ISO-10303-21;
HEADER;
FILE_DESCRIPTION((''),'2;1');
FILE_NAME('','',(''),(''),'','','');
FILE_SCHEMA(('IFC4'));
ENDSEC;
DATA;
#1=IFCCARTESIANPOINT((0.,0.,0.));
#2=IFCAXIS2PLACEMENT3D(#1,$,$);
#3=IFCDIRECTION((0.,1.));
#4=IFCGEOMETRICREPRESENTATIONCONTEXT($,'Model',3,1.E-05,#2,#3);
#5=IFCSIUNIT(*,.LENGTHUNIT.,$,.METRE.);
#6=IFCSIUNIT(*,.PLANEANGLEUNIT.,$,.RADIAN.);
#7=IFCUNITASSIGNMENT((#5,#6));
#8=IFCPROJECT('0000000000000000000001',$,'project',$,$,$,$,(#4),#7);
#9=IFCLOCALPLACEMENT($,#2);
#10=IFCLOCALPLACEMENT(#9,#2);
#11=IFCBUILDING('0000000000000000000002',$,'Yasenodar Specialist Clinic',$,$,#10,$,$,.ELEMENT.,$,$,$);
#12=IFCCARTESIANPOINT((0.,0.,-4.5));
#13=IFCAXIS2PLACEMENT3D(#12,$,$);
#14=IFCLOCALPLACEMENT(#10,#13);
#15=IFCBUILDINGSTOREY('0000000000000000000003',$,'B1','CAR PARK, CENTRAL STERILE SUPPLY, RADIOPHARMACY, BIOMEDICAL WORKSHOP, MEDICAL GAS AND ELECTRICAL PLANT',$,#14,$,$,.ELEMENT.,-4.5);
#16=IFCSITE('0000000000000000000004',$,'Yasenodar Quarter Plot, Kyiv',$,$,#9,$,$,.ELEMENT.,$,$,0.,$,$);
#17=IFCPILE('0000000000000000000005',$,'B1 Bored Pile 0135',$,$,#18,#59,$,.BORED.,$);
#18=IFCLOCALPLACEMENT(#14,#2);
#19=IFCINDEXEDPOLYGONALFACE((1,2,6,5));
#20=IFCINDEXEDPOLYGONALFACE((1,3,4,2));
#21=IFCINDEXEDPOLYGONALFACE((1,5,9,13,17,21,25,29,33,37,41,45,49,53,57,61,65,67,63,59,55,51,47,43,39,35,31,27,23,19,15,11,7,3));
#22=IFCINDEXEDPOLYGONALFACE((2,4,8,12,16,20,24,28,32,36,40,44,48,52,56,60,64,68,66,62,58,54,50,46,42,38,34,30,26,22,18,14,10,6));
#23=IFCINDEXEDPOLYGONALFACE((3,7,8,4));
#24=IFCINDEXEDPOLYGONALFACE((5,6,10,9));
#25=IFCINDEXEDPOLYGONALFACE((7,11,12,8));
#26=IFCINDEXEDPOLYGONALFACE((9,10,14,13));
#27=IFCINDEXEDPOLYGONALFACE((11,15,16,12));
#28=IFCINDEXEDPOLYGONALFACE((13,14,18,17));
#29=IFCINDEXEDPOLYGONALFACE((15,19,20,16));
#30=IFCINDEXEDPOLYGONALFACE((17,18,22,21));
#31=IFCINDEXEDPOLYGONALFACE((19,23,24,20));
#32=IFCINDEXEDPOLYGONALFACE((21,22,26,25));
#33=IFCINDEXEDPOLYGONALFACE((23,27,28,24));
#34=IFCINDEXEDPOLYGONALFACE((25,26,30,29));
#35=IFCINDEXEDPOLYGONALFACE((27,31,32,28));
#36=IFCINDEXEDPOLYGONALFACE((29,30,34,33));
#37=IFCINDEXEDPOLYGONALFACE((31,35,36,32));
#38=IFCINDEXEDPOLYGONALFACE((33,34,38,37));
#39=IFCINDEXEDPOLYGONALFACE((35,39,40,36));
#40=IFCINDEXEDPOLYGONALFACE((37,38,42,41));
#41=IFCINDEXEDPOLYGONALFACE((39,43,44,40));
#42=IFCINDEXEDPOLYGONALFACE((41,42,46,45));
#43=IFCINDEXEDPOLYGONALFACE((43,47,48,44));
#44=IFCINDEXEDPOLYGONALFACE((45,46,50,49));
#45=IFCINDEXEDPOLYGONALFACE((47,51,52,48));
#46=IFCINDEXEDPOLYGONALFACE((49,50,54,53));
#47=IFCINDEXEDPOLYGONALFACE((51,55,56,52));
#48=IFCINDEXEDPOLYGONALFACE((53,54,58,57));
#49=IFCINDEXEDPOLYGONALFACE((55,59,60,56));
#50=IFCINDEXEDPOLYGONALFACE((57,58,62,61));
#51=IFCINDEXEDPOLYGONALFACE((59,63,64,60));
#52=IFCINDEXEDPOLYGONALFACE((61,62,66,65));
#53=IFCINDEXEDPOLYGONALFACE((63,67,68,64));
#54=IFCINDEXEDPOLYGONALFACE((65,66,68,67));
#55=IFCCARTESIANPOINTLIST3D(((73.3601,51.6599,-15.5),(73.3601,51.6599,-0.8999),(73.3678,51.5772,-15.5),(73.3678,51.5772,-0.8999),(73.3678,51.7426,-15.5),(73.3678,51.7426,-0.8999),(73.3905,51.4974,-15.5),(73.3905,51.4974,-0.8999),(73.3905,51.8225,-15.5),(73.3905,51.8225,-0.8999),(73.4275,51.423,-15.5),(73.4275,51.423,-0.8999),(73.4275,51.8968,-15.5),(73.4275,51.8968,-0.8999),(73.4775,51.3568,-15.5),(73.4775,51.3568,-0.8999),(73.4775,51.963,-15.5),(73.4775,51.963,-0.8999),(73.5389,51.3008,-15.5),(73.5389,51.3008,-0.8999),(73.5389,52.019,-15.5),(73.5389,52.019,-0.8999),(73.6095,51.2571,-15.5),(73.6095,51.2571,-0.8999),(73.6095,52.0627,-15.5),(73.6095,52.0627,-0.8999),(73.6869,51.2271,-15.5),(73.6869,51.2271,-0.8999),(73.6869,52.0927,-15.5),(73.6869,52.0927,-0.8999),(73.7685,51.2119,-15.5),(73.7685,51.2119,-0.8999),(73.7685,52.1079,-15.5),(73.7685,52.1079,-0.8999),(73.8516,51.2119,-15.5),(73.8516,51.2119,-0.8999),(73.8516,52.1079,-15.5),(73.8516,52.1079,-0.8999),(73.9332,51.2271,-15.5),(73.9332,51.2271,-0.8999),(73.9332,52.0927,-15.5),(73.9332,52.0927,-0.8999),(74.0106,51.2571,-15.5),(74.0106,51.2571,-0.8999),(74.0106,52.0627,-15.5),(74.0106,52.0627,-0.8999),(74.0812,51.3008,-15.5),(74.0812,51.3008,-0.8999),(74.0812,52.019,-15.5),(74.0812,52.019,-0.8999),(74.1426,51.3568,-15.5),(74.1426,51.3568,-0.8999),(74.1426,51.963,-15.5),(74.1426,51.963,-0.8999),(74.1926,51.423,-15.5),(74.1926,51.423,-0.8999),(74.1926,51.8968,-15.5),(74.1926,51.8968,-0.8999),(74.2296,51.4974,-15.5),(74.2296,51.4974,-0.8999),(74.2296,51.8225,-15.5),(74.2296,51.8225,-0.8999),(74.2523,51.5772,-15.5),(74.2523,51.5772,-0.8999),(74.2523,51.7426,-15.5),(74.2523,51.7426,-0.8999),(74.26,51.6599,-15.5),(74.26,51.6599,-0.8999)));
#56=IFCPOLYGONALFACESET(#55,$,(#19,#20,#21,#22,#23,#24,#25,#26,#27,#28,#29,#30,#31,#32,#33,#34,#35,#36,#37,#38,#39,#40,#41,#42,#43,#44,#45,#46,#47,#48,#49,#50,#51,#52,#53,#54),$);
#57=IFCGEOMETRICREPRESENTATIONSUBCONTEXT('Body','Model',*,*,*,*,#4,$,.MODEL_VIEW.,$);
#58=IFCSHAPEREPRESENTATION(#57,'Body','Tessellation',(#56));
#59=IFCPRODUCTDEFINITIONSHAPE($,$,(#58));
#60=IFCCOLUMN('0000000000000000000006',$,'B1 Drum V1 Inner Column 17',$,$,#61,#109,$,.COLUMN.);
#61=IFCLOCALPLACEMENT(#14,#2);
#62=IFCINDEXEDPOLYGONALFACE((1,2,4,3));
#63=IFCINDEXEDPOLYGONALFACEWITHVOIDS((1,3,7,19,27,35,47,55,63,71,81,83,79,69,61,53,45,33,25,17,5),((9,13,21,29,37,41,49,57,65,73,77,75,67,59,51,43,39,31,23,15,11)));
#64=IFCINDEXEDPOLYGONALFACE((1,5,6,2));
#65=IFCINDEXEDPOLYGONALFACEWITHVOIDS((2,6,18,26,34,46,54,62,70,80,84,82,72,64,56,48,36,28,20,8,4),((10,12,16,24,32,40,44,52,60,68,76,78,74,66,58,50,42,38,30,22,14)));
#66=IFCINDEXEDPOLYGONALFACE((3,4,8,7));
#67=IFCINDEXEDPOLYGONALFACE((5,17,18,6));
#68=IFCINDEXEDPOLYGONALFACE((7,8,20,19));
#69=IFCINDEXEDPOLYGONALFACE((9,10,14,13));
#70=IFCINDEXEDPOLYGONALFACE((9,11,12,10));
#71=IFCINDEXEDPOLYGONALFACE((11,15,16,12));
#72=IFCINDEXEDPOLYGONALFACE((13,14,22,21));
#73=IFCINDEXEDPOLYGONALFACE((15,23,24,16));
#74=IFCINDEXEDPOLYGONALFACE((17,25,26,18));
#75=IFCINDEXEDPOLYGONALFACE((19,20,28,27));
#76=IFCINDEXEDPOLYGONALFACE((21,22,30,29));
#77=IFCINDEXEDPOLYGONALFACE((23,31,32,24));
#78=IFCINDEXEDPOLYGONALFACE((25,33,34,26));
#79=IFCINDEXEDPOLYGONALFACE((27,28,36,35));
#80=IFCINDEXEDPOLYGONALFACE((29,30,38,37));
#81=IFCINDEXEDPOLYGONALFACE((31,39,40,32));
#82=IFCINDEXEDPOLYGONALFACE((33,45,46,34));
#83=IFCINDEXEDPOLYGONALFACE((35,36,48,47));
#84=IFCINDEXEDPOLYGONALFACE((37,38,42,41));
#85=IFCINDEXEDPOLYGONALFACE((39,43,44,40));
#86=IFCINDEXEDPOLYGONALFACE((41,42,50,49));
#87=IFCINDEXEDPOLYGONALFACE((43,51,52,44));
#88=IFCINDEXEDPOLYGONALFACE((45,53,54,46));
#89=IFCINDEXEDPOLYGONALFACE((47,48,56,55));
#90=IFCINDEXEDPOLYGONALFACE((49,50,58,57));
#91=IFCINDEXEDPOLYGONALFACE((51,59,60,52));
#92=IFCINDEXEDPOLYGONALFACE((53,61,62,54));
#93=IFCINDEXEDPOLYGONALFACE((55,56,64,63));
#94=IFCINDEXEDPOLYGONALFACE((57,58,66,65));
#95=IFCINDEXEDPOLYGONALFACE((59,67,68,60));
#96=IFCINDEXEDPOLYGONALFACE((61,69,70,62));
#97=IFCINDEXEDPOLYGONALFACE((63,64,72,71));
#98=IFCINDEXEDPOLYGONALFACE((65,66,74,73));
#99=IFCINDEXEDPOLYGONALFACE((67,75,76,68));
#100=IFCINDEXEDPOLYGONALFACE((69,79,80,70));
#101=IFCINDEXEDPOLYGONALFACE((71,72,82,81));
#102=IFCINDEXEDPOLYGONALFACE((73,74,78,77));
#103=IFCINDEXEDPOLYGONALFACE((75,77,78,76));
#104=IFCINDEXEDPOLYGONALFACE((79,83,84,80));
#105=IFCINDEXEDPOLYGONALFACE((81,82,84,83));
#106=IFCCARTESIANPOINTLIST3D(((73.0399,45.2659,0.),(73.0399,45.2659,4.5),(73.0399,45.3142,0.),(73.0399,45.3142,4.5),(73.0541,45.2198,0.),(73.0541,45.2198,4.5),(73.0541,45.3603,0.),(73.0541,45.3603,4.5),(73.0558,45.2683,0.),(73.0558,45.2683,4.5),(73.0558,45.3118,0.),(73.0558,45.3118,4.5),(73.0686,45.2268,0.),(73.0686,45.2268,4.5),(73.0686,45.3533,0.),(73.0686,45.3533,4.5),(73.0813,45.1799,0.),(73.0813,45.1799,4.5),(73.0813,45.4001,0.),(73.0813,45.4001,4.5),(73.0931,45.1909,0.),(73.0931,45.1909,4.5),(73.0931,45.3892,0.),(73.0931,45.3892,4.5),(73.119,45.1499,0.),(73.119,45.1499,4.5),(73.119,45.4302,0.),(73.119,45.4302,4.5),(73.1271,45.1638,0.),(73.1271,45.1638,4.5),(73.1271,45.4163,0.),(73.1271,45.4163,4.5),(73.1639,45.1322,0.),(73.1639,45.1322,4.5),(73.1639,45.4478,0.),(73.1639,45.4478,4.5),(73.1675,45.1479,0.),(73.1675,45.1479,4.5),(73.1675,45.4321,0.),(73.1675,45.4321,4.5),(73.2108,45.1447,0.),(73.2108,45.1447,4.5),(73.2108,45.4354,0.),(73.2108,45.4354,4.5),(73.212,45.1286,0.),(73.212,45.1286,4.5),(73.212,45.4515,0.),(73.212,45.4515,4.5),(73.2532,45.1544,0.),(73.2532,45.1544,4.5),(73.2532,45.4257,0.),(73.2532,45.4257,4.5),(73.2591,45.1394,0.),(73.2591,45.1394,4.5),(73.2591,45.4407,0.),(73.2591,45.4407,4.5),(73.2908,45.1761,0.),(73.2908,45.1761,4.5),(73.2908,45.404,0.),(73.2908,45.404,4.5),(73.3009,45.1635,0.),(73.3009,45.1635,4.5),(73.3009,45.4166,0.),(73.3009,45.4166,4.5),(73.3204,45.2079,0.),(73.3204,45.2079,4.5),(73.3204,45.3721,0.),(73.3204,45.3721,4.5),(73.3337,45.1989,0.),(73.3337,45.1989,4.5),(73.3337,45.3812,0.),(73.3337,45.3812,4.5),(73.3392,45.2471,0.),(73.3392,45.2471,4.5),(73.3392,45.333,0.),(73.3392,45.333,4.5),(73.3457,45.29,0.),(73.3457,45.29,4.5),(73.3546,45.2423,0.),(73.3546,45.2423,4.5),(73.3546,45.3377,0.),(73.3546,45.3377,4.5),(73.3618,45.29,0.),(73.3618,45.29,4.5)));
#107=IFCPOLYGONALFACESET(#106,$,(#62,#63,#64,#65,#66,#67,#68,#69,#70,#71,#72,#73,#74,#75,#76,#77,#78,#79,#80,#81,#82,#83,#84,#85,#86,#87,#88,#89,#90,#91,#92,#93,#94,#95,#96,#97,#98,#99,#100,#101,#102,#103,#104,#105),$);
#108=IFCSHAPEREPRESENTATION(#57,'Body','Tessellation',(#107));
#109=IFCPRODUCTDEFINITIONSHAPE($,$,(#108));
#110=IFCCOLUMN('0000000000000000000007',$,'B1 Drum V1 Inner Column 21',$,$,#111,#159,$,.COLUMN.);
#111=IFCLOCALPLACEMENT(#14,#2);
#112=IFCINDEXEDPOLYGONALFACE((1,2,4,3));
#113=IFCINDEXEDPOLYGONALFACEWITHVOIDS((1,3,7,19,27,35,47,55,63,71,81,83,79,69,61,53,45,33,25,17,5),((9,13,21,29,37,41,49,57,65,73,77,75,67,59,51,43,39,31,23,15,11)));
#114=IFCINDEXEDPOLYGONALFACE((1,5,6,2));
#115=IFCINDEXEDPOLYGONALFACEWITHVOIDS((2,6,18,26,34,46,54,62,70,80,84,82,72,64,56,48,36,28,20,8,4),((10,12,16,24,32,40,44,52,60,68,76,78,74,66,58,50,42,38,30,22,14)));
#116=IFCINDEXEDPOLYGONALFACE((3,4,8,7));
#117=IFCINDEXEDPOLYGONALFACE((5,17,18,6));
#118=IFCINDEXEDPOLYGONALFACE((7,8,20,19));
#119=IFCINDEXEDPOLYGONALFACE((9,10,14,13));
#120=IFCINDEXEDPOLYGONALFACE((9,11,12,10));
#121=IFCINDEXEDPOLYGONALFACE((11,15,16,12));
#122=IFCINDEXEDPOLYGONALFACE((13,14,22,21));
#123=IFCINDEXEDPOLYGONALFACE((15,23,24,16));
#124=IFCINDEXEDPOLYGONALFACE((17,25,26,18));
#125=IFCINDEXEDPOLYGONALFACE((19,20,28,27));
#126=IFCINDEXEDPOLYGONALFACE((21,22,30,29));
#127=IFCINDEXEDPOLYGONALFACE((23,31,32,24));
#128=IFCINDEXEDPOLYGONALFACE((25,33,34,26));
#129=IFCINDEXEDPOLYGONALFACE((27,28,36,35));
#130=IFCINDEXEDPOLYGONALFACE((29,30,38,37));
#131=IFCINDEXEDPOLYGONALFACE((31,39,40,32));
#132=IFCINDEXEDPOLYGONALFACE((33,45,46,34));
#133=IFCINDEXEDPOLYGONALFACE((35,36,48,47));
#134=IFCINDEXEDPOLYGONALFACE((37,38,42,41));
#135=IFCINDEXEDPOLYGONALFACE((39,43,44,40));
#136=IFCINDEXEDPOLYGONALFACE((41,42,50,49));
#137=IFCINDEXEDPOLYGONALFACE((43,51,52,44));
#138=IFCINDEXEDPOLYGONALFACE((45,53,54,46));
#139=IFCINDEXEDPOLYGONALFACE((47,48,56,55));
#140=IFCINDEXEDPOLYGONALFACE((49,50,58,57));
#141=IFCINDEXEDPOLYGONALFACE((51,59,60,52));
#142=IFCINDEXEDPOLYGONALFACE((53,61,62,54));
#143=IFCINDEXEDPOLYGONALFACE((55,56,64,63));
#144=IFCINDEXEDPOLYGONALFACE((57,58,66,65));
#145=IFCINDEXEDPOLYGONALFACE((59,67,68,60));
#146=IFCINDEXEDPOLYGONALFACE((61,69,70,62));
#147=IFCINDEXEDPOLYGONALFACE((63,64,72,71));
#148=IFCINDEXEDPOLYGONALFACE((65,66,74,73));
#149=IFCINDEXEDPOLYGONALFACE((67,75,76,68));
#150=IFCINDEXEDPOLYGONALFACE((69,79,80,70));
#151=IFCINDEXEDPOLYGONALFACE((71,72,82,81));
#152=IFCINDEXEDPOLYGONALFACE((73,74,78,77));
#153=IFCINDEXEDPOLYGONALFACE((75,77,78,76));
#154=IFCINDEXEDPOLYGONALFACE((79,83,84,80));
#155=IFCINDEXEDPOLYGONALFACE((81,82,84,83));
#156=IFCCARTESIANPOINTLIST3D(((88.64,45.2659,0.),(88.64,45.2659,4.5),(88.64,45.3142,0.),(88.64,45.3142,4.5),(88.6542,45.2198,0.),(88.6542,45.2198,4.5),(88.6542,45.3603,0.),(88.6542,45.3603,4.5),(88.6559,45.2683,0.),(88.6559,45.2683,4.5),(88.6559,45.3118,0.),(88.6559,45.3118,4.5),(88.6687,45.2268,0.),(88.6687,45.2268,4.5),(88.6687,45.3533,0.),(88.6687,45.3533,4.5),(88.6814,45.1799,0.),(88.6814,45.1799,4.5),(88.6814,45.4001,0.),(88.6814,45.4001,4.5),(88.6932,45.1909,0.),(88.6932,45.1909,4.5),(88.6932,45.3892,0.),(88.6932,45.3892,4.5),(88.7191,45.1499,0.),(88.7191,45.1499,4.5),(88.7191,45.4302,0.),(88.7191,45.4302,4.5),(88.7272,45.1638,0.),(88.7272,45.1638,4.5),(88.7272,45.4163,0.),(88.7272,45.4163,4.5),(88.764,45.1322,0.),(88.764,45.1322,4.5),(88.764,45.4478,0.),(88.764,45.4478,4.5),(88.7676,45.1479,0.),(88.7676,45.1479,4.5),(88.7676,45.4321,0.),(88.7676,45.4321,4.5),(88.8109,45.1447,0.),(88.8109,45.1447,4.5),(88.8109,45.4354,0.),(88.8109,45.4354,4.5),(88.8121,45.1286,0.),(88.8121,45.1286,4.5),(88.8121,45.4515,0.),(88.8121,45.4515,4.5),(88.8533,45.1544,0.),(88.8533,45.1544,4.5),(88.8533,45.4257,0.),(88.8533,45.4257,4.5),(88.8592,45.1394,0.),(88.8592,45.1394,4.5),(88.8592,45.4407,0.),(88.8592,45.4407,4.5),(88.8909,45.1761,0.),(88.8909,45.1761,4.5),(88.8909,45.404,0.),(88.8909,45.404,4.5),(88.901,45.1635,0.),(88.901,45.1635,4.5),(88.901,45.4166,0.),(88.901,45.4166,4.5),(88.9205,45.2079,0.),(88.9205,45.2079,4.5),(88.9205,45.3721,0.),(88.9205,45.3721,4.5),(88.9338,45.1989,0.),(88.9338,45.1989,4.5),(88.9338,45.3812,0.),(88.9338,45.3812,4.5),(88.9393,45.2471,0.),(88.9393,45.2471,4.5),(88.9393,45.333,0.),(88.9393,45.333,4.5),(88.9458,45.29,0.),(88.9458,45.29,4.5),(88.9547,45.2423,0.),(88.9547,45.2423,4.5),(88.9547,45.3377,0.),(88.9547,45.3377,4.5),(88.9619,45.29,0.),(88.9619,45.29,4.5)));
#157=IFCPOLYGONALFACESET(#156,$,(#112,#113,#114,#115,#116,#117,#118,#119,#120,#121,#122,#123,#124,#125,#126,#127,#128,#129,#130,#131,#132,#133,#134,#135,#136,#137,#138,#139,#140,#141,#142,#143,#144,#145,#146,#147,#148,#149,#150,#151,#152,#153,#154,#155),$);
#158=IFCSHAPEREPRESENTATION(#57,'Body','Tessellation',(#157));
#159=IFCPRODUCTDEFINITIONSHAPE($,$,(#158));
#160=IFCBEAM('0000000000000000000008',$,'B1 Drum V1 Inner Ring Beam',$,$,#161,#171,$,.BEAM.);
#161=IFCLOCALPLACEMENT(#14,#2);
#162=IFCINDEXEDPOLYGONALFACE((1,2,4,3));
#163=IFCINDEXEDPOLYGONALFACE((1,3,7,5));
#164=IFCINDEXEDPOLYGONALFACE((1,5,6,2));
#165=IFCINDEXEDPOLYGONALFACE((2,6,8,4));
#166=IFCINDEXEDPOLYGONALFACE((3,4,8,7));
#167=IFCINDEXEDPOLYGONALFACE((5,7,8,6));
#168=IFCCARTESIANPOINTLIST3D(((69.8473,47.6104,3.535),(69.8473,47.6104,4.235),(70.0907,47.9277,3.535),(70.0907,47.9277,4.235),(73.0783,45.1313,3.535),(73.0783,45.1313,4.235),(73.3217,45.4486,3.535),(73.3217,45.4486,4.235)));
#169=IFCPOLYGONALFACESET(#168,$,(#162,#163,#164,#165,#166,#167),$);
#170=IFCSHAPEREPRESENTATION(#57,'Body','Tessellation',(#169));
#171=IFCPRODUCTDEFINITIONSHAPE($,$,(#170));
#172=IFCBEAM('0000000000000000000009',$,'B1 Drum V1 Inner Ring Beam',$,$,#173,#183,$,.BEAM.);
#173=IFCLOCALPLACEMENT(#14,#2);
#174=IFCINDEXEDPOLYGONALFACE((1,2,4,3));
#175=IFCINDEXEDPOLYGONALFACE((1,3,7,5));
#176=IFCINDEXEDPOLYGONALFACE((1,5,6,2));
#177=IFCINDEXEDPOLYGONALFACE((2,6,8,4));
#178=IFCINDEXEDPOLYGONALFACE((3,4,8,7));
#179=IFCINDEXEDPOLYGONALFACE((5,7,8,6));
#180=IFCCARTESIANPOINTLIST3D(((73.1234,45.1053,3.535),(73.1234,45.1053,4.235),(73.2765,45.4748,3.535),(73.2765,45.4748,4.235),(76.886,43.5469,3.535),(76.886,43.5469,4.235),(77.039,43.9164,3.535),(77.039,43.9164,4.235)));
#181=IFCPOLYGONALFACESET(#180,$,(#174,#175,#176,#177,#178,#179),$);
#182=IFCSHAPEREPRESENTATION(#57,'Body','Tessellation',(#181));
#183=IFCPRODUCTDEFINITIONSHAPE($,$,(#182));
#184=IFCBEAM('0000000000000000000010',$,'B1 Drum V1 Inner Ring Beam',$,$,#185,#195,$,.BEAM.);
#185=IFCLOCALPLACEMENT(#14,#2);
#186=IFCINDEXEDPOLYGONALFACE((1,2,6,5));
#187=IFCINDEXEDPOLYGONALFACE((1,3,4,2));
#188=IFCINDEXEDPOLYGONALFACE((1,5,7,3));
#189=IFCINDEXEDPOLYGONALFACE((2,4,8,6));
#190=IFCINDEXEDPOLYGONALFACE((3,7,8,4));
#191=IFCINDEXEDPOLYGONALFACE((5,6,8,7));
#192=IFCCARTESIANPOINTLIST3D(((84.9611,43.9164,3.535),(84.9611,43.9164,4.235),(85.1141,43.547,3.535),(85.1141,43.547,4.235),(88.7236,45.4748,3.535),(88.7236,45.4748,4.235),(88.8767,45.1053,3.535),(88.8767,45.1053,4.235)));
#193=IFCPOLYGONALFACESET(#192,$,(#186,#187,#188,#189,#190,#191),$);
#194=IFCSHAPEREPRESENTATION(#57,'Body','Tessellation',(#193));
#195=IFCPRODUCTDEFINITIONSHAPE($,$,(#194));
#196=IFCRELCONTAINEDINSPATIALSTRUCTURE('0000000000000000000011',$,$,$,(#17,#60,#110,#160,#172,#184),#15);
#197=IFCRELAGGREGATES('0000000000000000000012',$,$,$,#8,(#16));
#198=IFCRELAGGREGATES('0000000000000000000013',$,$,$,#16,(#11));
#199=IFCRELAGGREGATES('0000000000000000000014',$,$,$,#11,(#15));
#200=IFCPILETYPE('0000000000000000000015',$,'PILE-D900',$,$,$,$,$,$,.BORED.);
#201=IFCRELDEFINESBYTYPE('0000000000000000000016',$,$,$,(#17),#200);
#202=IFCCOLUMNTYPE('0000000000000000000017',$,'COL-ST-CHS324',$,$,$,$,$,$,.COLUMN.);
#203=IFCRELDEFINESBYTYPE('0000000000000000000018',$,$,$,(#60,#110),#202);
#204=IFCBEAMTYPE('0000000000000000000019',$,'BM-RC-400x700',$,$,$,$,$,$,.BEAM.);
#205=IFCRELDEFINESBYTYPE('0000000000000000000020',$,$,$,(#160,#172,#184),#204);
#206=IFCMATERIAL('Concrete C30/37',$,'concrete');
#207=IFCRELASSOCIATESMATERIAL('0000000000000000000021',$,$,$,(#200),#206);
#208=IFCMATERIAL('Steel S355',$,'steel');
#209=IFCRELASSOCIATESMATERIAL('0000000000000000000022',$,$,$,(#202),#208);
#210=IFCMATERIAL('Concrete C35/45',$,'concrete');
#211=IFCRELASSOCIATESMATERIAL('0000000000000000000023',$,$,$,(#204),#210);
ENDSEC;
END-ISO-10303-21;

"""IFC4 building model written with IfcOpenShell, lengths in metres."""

from ifc_helpers import new_model, si_unit, direction, frame, origin, origin_2d, place, context, subcontext, project, spatial, rectangle, circle, hollow_circle, extrude, material, material_profile, profile_set, type_object, element, save


model = new_model("IFC4")

# Units and contexts
model_context = context("Model", 3, precision=1e-05, world=origin(), true_north=direction((0.0, 1.0)))
body_context = subcontext(model_context, "Body", "Model", "MODEL_VIEW")
ifc_project = project(units=[si_unit("LENGTHUNIT", "METRE"), si_unit("PLANEANGLEUNIT", "RADIAN")], contexts=[model_context])

# Site, building, storey
site_placement = place(None, origin())
site = spatial("IfcSite", under=ifc_project, at=site_placement, Name="Yasenodar Quarter Plot, Kyiv", CompositionType="ELEMENT", RefElevation=0.0)
building_placement = place(site_placement, origin())
building = spatial("IfcBuilding", under=site, at=building_placement, Name="Yasenodar Specialist Clinic", CompositionType="ELEMENT")
storey_placement = place(building_placement, frame((0.0, 0.0, -4.5)))
storey = spatial("IfcBuildingStorey", under=building, at=storey_placement, Name="B1", Description="CAR PARK, CENTRAL STERILE SUPPLY, RADIOPHARMACY, BIOMEDICAL WORKSHOP, MEDICAL GAS AND ELECTRICAL PLANT", CompositionType="ELEMENT", Elevation=-4.5)

# Shared definitions
ifc_material_1 = material(Name="Concrete C35/45", Category="concrete")

# Pile
ifc_material_2 = material(Name="Concrete C30/37", Category="concrete")
ifc_material_profile_1 = material_profile(ifc_material_2, circle(Radius=0.45, at=origin_2d()), Name="PILE D900")
ifc_profile_set_1 = profile_set([ifc_material_profile_1], Name="Concrete C30/37")
pile_type_1 = type_object("IfcPileType", Name="PILE-D900", PredefinedType="BORED", material=ifc_profile_set_1)
for number, where, z_axis, x_axis, name in (
    (1, (73.8101, 51.6599, -0.8999), (0.0, 0.0, -1.0), (1.0, 0.0, 0.0), "B1 Bored Pile 0135"),
):
    element("IfcPile", number, at=place(storey_placement, frame(where, z_axis=z_axis, x_axis=x_axis)), inside=storey, type_object=pile_type_1, Name=name, PredefinedType="BORED", context=body_context, shape_type="SweptSolid", body=[
        extrude(circle(Radius=0.45, at=origin_2d()), origin(), (0.0, 0.0, 1.0), 14.6001),
    ])

# Columns
ifc_material_3 = material(Name="Steel S355", Category="steel")
ifc_material_profile_2 = material_profile(ifc_material_3, hollow_circle(Radius=0.1619, WallThickness=0.0161, at=origin_2d()), Name="CHS 323.9x16")
ifc_profile_set_2 = profile_set([ifc_material_profile_2], Name="Steel S355")
column_type = type_object("IfcColumnType", Name="COL-ST-CHS324", PredefinedType="COLUMN", material=ifc_profile_set_2)
for number, where, z_axis, x_axis, name in (
    (2, (73.2, 45.29, 0.0), (0.0, 0.0, 1.0), (1.0, 0.0, 0.0), "B1 Drum V1 Inner Column 17"),
    (3, (88.8, 45.29, 0.0), (0.0, 0.0, 1.0), (1.0, 0.0, 0.0), "B1 Drum V1 Inner Column 21"),
):
    element("IfcColumn", number, at=place(storey_placement, frame(where, z_axis=z_axis, x_axis=x_axis)), inside=storey, type_object=column_type, Name=name, PredefinedType="COLUMN", context=body_context, shape_type="SweptSolid", body=[
        extrude(hollow_circle(Radius=0.1619, WallThickness=0.0161, at=origin_2d()), origin(), (0.0, 0.0, 1.0), 4.5),
    ])

# Beams
ifc_material_profile_3 = material_profile(ifc_material_1, rectangle(XDim=0.3999, YDim=0.7, at=origin_2d()), Name="RC 400x700")
ifc_profile_set_3 = profile_set([ifc_material_profile_3], Name="Concrete C35/45")
beam_type = type_object("IfcBeamType", Name="BM-RC-400x700", PredefinedType="BEAM", material=ifc_profile_set_3)
for number, where, z_axis, x_axis, name in (
    (4, (69.969, 47.769, 3.885), (0.793377, -0.608731, 0.0), (0.608731, 0.793377, 0.0), "B1 Drum V1 Inner Ring Beam"),
    (5, (73.2, 45.29, 3.885), (0.923889, -0.382661, 0.0), (0.382661, 0.923889, 0.0), "B1 Drum V1 Inner Ring Beam"),
    (6, (85.0376, 43.7317, 3.885), (0.923889, 0.382661, 0.0), (-0.382661, 0.923889, 0.0), "B1 Drum V1 Inner Ring Beam"),
):
    element("IfcBeam", number, at=place(storey_placement, frame(where, z_axis=z_axis, x_axis=x_axis)), inside=storey, type_object=beam_type, Name=name, PredefinedType="BEAM", context=body_context, shape_type="SweptSolid", body=[
        extrude(rectangle(XDim=0.3999, YDim=0.7, at=origin_2d()), origin(), (0.0, 0.0, 1.0), 4.0725),
    ])

save(model, "model.ifc")
